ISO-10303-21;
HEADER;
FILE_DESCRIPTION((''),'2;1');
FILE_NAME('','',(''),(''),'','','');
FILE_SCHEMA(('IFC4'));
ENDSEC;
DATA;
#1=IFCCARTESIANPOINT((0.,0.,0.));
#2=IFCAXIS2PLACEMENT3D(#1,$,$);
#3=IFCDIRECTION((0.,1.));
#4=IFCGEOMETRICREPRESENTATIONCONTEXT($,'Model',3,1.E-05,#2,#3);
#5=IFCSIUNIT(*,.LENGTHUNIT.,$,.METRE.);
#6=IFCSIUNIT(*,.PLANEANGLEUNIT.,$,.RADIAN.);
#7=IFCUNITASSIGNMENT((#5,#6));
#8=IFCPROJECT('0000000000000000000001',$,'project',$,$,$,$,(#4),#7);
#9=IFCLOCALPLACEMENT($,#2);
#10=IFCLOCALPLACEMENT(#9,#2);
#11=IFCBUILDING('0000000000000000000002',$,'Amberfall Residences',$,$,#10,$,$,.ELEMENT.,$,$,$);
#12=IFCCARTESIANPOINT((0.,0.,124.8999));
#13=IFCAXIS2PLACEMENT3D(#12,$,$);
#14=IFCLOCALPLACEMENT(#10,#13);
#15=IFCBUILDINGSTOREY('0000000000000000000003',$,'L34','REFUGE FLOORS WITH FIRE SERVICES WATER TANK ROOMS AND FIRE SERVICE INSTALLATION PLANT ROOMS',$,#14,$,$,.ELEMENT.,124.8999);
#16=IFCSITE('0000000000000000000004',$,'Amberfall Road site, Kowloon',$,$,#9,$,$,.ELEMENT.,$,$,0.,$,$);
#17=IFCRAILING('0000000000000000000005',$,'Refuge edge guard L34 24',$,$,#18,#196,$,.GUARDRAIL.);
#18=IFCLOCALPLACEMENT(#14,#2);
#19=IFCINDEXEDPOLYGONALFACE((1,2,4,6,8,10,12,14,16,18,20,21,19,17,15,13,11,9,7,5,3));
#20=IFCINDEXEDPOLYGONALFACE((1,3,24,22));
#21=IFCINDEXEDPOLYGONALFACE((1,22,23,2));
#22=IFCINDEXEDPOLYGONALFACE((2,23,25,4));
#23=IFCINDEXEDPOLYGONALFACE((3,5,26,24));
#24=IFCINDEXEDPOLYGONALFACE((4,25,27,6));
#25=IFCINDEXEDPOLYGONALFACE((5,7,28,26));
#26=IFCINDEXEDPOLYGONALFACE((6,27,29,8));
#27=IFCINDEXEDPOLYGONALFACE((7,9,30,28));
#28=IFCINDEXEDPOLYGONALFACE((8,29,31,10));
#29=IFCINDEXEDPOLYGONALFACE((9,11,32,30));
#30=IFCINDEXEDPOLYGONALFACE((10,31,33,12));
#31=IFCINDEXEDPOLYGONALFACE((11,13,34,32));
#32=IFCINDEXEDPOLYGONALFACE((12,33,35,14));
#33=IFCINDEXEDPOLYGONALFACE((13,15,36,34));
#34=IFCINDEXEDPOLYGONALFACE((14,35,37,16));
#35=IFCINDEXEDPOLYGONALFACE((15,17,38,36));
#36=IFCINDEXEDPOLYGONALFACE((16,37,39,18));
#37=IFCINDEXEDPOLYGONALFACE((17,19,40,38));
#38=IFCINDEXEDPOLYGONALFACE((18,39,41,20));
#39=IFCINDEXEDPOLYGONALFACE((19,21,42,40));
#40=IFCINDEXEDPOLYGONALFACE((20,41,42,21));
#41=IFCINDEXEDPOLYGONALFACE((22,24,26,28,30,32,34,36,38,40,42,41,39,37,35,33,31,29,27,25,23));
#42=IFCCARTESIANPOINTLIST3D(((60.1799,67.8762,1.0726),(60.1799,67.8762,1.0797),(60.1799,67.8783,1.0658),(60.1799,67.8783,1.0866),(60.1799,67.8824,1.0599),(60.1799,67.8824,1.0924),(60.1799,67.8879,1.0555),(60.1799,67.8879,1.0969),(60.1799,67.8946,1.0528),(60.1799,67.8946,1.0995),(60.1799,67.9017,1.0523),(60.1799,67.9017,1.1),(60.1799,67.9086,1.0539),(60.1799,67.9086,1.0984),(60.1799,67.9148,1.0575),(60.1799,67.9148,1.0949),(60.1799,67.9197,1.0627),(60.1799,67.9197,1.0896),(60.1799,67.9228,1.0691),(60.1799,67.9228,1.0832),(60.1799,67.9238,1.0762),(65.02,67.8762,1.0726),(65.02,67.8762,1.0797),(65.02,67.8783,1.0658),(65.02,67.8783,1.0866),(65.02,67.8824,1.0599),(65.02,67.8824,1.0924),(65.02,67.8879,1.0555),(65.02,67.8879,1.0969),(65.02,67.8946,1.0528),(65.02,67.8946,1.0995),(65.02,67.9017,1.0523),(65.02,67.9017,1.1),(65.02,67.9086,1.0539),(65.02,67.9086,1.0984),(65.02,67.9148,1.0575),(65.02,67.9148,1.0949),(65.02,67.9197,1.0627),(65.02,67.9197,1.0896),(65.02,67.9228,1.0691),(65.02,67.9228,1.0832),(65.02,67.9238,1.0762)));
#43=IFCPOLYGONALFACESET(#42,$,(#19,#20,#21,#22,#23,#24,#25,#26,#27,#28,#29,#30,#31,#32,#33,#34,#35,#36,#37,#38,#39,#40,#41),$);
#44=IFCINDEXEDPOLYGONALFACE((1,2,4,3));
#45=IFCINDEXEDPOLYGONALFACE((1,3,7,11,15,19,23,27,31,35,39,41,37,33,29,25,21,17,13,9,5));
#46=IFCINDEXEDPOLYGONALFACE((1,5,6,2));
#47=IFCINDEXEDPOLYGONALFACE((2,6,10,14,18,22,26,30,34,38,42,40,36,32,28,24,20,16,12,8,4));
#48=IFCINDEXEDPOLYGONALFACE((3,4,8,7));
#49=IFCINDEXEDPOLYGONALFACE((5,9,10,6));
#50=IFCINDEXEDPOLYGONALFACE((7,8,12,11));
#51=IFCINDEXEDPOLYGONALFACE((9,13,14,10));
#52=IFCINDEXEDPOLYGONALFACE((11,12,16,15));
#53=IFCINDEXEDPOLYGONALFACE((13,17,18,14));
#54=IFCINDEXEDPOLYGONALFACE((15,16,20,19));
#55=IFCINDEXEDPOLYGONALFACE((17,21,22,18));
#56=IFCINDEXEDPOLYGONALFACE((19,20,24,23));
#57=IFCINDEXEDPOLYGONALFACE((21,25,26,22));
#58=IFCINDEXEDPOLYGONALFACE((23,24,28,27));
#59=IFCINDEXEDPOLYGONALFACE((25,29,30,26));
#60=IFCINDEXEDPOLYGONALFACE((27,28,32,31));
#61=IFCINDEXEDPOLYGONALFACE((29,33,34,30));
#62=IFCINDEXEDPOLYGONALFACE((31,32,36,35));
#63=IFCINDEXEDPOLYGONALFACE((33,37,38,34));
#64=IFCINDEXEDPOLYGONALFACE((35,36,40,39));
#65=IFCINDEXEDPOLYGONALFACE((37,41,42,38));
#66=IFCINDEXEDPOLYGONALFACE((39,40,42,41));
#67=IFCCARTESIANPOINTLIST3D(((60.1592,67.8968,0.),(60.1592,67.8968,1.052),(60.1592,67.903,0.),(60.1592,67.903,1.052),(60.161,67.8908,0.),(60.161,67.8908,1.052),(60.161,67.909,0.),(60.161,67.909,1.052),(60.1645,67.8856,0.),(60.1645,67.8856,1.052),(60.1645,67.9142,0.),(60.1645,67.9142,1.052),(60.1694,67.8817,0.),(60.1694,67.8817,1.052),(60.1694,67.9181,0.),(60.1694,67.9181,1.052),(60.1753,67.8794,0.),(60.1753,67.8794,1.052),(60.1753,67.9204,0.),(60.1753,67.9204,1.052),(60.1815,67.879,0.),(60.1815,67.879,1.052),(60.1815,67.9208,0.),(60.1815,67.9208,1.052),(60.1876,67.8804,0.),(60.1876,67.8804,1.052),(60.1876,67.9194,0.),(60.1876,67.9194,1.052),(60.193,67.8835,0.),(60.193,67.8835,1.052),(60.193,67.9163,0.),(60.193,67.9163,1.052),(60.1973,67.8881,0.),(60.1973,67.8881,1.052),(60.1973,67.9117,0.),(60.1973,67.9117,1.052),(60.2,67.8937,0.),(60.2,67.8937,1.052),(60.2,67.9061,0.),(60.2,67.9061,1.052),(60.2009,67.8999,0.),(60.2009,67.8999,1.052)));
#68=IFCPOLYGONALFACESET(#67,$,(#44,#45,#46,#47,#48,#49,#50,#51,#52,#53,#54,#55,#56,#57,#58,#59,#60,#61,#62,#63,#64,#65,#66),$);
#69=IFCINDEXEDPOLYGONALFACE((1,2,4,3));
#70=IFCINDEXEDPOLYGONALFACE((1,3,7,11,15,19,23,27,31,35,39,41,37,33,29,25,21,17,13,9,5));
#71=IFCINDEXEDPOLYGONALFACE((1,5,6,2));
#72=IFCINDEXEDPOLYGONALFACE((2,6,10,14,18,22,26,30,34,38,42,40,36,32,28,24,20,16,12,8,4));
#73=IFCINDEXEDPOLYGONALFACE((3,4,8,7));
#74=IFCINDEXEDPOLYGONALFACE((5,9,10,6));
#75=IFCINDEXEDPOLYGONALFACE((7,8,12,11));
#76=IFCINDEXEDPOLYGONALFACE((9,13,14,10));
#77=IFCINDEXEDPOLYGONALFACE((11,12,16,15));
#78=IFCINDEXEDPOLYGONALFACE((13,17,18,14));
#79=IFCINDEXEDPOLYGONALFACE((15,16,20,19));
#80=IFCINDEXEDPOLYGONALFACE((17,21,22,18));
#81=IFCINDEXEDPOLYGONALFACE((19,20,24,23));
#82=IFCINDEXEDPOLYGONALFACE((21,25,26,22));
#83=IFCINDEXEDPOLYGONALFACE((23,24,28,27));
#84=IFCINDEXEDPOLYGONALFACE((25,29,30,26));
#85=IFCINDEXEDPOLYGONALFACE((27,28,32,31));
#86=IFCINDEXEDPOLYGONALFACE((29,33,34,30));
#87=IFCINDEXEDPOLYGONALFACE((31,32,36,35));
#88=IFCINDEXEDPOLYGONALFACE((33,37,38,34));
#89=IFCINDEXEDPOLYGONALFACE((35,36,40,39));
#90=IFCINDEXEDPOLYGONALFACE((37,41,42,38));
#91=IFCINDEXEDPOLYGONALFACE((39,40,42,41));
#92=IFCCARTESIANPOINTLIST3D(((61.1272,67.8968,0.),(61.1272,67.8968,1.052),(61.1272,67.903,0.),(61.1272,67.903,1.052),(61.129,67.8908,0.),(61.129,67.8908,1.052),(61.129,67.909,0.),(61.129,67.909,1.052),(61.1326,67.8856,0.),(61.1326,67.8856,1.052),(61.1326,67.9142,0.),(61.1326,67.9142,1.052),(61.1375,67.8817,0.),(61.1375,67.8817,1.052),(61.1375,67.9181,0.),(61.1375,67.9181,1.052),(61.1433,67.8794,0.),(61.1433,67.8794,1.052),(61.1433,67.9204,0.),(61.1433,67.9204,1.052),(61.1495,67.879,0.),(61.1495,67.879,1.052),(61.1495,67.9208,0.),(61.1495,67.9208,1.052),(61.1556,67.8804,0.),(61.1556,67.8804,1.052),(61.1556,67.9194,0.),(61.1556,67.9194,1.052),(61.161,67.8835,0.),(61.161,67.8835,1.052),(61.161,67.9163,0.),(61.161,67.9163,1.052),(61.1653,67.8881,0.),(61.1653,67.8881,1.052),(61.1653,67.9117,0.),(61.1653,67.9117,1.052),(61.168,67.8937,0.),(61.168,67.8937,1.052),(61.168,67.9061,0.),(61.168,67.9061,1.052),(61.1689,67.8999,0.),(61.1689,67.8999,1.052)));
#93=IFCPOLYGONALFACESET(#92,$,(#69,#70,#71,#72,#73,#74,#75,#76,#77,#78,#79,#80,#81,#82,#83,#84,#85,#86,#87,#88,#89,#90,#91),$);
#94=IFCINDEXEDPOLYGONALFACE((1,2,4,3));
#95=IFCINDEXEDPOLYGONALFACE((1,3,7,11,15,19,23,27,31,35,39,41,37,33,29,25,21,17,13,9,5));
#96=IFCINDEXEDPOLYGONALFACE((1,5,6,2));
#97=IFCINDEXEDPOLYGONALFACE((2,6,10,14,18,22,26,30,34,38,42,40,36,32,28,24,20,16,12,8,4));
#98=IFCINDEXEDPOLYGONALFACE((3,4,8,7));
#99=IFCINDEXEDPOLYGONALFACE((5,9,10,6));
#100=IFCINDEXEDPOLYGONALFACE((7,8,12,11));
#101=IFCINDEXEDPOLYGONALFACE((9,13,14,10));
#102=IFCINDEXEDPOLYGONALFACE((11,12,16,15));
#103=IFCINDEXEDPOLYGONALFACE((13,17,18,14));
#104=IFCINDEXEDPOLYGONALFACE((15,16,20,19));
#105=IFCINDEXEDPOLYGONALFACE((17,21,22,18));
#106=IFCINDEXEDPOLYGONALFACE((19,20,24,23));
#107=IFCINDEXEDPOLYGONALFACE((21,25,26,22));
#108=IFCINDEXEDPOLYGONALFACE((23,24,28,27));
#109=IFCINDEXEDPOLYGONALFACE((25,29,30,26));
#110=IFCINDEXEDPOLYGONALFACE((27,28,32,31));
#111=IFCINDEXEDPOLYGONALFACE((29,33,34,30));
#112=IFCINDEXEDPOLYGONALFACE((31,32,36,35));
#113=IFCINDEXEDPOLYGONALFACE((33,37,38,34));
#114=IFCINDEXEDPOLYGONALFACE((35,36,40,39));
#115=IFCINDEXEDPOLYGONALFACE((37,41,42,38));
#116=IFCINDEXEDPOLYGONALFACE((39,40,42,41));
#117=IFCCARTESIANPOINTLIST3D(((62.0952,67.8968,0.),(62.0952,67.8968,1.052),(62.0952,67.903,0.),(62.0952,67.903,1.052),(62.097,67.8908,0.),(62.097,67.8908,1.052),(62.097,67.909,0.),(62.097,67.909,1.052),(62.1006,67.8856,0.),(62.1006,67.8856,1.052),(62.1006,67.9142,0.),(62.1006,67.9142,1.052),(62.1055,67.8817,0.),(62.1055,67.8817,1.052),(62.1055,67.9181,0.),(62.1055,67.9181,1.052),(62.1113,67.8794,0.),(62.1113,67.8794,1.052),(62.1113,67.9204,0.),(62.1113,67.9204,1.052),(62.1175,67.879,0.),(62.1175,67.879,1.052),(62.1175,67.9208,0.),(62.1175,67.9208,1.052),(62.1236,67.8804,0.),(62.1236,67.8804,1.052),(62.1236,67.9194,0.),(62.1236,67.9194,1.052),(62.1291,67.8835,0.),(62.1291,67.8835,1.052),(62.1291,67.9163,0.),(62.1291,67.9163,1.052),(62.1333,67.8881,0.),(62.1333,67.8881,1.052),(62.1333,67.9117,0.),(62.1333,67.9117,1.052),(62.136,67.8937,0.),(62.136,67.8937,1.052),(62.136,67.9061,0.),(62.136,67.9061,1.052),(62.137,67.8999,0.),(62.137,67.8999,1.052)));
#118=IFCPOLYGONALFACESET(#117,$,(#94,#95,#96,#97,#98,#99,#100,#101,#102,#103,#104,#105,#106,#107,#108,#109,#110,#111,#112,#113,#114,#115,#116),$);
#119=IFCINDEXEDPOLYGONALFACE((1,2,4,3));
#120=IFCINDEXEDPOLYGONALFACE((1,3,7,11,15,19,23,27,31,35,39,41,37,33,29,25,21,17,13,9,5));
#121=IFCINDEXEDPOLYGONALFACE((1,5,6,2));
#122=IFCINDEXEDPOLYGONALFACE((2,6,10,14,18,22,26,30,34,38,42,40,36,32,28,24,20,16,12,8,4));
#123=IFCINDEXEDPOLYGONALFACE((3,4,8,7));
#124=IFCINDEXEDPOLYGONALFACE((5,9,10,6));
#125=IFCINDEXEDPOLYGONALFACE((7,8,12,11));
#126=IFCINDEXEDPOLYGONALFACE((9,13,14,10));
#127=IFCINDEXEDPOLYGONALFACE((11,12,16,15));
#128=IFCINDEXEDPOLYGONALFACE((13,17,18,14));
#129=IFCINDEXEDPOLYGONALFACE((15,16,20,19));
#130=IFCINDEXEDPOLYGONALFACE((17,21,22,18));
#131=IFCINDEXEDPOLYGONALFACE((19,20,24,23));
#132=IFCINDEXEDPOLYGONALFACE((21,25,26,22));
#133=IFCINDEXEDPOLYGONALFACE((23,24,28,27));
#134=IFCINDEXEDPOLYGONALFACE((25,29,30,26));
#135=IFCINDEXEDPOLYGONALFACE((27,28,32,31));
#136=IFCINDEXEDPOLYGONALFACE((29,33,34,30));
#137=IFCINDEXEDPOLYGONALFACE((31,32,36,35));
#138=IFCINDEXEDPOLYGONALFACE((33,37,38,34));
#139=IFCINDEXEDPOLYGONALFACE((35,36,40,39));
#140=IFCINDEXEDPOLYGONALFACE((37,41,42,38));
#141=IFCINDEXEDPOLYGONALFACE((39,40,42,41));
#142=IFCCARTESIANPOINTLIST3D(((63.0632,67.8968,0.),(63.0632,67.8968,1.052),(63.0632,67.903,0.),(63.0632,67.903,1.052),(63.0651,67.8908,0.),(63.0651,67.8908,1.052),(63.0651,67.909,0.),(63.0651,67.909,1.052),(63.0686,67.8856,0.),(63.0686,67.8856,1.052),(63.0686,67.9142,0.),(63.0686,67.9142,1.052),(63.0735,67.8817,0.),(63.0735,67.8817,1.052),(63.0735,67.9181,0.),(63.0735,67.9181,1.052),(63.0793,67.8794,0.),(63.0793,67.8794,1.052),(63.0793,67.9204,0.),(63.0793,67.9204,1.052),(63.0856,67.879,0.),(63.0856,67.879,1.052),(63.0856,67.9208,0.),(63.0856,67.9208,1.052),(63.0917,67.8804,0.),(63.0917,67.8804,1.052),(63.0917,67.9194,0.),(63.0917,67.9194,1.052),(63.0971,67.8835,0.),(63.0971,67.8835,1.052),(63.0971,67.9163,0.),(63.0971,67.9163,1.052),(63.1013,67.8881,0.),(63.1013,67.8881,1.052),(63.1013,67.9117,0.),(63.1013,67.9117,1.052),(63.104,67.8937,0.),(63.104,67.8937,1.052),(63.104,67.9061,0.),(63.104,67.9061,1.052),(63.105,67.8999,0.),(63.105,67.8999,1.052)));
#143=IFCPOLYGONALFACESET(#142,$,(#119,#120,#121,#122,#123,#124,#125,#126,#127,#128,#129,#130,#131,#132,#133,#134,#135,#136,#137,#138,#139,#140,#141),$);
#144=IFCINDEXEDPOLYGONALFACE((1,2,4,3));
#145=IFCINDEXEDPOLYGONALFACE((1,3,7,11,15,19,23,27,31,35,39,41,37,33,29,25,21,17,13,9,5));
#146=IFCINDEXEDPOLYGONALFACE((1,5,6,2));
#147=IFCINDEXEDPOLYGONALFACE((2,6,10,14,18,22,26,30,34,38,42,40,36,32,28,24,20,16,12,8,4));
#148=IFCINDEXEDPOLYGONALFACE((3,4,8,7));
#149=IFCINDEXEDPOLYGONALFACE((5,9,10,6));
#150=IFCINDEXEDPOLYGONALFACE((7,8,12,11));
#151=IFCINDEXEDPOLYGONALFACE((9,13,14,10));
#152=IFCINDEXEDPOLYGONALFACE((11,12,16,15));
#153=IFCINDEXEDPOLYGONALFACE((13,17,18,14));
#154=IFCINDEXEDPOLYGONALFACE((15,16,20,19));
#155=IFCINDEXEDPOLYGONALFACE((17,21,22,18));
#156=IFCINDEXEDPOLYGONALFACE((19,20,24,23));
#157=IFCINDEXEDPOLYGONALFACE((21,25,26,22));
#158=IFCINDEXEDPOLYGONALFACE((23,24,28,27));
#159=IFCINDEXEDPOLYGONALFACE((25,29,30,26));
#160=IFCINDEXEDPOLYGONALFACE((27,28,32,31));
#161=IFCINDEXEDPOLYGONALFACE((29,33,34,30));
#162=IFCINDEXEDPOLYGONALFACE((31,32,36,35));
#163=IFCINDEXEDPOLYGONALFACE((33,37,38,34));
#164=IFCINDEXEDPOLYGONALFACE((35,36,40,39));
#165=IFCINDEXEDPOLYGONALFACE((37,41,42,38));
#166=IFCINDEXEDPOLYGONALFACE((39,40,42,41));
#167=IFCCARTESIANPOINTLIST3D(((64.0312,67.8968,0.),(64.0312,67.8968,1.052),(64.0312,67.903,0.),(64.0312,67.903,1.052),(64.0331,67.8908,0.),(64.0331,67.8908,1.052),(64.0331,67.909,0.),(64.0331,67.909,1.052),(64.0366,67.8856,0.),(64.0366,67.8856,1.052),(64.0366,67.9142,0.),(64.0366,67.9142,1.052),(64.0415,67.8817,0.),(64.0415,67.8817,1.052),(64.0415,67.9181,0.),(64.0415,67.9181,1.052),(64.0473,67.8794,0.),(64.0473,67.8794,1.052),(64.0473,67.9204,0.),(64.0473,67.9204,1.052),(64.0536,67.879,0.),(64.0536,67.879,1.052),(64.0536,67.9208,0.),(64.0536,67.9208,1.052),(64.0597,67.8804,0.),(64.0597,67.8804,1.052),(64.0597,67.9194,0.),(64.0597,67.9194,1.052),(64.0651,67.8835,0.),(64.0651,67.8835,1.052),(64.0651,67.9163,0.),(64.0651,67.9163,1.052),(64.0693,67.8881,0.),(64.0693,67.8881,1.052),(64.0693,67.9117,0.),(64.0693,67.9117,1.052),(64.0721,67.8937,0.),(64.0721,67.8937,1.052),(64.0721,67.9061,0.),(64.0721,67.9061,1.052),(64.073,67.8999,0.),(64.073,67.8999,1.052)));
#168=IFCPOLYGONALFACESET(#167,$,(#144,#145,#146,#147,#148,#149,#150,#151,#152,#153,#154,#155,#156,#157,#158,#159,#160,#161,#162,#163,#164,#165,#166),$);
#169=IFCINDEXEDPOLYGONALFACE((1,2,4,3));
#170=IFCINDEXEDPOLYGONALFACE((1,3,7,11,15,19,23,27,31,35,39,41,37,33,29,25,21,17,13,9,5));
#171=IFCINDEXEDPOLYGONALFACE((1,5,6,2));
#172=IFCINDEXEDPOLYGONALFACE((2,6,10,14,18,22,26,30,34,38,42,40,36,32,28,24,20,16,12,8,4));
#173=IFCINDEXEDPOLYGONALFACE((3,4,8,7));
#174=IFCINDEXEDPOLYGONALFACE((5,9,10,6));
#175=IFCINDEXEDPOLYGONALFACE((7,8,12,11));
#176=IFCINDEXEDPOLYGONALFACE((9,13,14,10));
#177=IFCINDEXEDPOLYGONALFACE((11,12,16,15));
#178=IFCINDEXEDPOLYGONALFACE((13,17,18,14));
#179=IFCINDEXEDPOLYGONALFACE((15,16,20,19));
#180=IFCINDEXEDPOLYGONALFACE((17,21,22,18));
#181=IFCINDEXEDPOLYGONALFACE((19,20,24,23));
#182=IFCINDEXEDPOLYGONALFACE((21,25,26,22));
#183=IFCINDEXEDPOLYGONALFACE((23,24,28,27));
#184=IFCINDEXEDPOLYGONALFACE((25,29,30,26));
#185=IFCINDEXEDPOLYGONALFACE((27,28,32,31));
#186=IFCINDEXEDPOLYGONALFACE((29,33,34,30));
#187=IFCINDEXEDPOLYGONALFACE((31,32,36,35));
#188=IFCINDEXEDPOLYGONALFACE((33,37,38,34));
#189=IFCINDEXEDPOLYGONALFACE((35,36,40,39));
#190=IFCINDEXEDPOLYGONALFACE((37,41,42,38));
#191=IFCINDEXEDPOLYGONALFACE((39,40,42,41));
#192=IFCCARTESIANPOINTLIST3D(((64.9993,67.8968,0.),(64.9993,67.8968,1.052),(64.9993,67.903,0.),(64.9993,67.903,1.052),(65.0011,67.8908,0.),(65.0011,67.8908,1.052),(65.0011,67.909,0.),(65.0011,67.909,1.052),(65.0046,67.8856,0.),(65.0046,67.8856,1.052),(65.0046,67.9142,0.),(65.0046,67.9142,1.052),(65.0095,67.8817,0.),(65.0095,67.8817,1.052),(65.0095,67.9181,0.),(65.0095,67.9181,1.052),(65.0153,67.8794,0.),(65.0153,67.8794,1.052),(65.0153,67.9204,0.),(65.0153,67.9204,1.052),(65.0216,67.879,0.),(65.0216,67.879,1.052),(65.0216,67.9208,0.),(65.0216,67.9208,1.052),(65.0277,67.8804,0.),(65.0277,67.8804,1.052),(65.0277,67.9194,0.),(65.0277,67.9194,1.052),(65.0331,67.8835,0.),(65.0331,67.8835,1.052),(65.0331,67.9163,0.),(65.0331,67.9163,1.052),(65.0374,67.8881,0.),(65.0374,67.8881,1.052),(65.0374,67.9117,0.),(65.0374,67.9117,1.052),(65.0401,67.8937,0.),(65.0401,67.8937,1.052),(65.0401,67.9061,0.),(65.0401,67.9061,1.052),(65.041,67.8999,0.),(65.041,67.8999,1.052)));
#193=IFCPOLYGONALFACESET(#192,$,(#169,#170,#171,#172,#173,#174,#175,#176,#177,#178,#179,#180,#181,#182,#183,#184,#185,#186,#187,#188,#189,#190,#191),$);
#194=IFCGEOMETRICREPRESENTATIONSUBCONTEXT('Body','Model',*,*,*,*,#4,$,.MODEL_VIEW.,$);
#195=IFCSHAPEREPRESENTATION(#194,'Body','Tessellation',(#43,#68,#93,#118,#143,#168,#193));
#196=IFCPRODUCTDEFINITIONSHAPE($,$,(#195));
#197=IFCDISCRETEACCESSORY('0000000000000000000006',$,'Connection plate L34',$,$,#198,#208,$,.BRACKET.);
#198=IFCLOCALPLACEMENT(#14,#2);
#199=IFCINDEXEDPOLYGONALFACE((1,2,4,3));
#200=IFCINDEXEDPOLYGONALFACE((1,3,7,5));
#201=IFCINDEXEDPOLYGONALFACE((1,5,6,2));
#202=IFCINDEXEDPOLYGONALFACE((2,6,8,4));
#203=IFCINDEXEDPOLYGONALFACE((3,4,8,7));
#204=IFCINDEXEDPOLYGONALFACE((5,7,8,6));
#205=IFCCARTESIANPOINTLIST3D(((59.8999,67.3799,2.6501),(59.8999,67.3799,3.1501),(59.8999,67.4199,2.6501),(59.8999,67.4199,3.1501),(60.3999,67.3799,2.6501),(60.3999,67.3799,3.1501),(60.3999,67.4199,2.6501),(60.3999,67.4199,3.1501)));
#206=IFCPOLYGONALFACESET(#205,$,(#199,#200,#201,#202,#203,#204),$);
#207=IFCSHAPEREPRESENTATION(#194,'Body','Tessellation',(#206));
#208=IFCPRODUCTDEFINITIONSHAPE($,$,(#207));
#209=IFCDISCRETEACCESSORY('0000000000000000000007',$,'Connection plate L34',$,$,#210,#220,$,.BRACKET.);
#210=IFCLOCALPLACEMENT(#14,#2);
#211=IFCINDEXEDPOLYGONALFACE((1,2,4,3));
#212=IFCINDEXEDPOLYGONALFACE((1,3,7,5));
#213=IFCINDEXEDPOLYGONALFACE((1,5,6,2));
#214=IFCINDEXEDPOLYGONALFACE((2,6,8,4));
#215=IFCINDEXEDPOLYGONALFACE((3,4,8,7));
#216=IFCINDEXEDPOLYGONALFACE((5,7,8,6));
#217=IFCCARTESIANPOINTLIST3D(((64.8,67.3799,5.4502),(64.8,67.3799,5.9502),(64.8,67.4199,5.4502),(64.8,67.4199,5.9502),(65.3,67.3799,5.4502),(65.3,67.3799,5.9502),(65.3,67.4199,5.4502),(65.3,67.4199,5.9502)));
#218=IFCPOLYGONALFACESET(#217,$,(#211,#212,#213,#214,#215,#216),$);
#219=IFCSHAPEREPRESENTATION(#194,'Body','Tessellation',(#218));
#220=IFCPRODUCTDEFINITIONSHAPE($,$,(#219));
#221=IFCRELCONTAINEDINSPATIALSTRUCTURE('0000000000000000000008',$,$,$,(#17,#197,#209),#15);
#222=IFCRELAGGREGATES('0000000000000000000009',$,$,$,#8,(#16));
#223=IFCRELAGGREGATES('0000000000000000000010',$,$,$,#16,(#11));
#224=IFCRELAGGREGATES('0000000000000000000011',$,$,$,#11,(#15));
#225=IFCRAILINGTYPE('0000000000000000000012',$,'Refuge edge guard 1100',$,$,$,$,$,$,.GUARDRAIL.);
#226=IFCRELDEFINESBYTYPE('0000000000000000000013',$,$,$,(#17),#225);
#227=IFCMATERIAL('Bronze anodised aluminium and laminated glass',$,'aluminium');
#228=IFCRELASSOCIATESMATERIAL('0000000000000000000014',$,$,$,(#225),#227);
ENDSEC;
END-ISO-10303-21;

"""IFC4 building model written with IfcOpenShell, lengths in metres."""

from ifc_helpers import new_model, si_unit, direction, frame, origin, origin_2d, place, context, subcontext, project, spatial, rectangle, circle, extrude, material, type_object, element, save


model = new_model("IFC4")

# Units and contexts
model_context = context("Model", 3, precision=1e-05, world=origin(), true_north=direction((0.0, 1.0)))
body_context = subcontext(model_context, "Body", "Model", "MODEL_VIEW")
ifc_project = project(units=[si_unit("LENGTHUNIT", "METRE"), si_unit("PLANEANGLEUNIT", "RADIAN")], contexts=[model_context])

# Site, building, storey
site_placement = place(None, origin())
site = spatial("IfcSite", under=ifc_project, at=site_placement, Name="Amberfall Road site, Kowloon", CompositionType="ELEMENT", RefElevation=0.0)
building_placement = place(site_placement, origin())
building = spatial("IfcBuilding", under=site, at=building_placement, Name="Amberfall Residences", CompositionType="ELEMENT")
storey_placement = place(building_placement, frame((0.0, 0.0, 124.8999)))
storey = spatial("IfcBuildingStorey", under=building, at=storey_placement, Name="L34", Description="REFUGE FLOORS WITH FIRE SERVICES WATER TANK ROOMS AND FIRE SERVICE INSTALLATION PLANT ROOMS", CompositionType="ELEMENT", Elevation=124.8999)

# Railing
ifc_material_1 = material(Name="Bronze anodised aluminium and laminated glass", Category="aluminium")
railing_type = type_object("IfcRailingType", Name="Refuge edge guard 1100", PredefinedType="GUARDRAIL", material=ifc_material_1)
railing_placement = place(storey_placement, frame((60.1799, 67.8999, 0.0)))
element("IfcRailing", 1, at=railing_placement, inside=storey, type_object=railing_type, Name="Refuge edge guard L34 24", PredefinedType="GUARDRAIL", context=body_context, shape_type="SweptSolid", body=[
    extrude(circle(Radius=0.0239, at=origin_2d()), frame((0.0, 0.0, 1.0762), z_axis=(1.0, 0.0, 0.0), x_axis=(0.0, 1.0, 0.0)), (0.0, 0.0, 1.0), 4.8401),
    extrude(circle(Radius=0.021, at=origin_2d()), origin(), (0.0, 0.0, 1.0), 1.052),
    extrude(circle(Radius=0.021, at=origin_2d()), frame((0.968, 0.0, 0.0)), (0.0, 0.0, 1.0), 1.052),
    extrude(circle(Radius=0.021, at=origin_2d()), frame((1.936, 0.0, 0.0)), (0.0, 0.0, 1.0), 1.052),
    extrude(circle(Radius=0.021, at=origin_2d()), frame((2.9041, 0.0, 0.0)), (0.0, 0.0, 1.0), 1.052),
    extrude(circle(Radius=0.021, at=origin_2d()), frame((3.8721, 0.0, 0.0)), (0.0, 0.0, 1.0), 1.052),
    extrude(circle(Radius=0.021, at=origin_2d()), frame((4.8401, 0.0, 0.0)), (0.0, 0.0, 1.0), 1.052),
])

# Discrete accessories
for number, where, z_axis, x_axis, name in (
    (2, (60.1499, 67.3999, 2.6501), (0.0, 0.0, 1.0), (1.0, 0.0, 0.0), "Connection plate L34"),
    (3, (65.05, 67.3999, 5.4502), (0.0, 0.0, 1.0), (1.0, 0.0, 0.0), "Connection plate L34"),
):
    element("IfcDiscreteAccessory", number, at=place(storey_placement, frame(where, z_axis=z_axis, x_axis=x_axis)), inside=storey, Name=name, PredefinedType="BRACKET", context=body_context, shape_type="SweptSolid", body=[
        extrude(rectangle(XDim=0.5, YDim=0.04, at=origin_2d()), origin(), (0.0, 0.0, 1.0), 0.5),
    ])

save(model, "model.ifc")
